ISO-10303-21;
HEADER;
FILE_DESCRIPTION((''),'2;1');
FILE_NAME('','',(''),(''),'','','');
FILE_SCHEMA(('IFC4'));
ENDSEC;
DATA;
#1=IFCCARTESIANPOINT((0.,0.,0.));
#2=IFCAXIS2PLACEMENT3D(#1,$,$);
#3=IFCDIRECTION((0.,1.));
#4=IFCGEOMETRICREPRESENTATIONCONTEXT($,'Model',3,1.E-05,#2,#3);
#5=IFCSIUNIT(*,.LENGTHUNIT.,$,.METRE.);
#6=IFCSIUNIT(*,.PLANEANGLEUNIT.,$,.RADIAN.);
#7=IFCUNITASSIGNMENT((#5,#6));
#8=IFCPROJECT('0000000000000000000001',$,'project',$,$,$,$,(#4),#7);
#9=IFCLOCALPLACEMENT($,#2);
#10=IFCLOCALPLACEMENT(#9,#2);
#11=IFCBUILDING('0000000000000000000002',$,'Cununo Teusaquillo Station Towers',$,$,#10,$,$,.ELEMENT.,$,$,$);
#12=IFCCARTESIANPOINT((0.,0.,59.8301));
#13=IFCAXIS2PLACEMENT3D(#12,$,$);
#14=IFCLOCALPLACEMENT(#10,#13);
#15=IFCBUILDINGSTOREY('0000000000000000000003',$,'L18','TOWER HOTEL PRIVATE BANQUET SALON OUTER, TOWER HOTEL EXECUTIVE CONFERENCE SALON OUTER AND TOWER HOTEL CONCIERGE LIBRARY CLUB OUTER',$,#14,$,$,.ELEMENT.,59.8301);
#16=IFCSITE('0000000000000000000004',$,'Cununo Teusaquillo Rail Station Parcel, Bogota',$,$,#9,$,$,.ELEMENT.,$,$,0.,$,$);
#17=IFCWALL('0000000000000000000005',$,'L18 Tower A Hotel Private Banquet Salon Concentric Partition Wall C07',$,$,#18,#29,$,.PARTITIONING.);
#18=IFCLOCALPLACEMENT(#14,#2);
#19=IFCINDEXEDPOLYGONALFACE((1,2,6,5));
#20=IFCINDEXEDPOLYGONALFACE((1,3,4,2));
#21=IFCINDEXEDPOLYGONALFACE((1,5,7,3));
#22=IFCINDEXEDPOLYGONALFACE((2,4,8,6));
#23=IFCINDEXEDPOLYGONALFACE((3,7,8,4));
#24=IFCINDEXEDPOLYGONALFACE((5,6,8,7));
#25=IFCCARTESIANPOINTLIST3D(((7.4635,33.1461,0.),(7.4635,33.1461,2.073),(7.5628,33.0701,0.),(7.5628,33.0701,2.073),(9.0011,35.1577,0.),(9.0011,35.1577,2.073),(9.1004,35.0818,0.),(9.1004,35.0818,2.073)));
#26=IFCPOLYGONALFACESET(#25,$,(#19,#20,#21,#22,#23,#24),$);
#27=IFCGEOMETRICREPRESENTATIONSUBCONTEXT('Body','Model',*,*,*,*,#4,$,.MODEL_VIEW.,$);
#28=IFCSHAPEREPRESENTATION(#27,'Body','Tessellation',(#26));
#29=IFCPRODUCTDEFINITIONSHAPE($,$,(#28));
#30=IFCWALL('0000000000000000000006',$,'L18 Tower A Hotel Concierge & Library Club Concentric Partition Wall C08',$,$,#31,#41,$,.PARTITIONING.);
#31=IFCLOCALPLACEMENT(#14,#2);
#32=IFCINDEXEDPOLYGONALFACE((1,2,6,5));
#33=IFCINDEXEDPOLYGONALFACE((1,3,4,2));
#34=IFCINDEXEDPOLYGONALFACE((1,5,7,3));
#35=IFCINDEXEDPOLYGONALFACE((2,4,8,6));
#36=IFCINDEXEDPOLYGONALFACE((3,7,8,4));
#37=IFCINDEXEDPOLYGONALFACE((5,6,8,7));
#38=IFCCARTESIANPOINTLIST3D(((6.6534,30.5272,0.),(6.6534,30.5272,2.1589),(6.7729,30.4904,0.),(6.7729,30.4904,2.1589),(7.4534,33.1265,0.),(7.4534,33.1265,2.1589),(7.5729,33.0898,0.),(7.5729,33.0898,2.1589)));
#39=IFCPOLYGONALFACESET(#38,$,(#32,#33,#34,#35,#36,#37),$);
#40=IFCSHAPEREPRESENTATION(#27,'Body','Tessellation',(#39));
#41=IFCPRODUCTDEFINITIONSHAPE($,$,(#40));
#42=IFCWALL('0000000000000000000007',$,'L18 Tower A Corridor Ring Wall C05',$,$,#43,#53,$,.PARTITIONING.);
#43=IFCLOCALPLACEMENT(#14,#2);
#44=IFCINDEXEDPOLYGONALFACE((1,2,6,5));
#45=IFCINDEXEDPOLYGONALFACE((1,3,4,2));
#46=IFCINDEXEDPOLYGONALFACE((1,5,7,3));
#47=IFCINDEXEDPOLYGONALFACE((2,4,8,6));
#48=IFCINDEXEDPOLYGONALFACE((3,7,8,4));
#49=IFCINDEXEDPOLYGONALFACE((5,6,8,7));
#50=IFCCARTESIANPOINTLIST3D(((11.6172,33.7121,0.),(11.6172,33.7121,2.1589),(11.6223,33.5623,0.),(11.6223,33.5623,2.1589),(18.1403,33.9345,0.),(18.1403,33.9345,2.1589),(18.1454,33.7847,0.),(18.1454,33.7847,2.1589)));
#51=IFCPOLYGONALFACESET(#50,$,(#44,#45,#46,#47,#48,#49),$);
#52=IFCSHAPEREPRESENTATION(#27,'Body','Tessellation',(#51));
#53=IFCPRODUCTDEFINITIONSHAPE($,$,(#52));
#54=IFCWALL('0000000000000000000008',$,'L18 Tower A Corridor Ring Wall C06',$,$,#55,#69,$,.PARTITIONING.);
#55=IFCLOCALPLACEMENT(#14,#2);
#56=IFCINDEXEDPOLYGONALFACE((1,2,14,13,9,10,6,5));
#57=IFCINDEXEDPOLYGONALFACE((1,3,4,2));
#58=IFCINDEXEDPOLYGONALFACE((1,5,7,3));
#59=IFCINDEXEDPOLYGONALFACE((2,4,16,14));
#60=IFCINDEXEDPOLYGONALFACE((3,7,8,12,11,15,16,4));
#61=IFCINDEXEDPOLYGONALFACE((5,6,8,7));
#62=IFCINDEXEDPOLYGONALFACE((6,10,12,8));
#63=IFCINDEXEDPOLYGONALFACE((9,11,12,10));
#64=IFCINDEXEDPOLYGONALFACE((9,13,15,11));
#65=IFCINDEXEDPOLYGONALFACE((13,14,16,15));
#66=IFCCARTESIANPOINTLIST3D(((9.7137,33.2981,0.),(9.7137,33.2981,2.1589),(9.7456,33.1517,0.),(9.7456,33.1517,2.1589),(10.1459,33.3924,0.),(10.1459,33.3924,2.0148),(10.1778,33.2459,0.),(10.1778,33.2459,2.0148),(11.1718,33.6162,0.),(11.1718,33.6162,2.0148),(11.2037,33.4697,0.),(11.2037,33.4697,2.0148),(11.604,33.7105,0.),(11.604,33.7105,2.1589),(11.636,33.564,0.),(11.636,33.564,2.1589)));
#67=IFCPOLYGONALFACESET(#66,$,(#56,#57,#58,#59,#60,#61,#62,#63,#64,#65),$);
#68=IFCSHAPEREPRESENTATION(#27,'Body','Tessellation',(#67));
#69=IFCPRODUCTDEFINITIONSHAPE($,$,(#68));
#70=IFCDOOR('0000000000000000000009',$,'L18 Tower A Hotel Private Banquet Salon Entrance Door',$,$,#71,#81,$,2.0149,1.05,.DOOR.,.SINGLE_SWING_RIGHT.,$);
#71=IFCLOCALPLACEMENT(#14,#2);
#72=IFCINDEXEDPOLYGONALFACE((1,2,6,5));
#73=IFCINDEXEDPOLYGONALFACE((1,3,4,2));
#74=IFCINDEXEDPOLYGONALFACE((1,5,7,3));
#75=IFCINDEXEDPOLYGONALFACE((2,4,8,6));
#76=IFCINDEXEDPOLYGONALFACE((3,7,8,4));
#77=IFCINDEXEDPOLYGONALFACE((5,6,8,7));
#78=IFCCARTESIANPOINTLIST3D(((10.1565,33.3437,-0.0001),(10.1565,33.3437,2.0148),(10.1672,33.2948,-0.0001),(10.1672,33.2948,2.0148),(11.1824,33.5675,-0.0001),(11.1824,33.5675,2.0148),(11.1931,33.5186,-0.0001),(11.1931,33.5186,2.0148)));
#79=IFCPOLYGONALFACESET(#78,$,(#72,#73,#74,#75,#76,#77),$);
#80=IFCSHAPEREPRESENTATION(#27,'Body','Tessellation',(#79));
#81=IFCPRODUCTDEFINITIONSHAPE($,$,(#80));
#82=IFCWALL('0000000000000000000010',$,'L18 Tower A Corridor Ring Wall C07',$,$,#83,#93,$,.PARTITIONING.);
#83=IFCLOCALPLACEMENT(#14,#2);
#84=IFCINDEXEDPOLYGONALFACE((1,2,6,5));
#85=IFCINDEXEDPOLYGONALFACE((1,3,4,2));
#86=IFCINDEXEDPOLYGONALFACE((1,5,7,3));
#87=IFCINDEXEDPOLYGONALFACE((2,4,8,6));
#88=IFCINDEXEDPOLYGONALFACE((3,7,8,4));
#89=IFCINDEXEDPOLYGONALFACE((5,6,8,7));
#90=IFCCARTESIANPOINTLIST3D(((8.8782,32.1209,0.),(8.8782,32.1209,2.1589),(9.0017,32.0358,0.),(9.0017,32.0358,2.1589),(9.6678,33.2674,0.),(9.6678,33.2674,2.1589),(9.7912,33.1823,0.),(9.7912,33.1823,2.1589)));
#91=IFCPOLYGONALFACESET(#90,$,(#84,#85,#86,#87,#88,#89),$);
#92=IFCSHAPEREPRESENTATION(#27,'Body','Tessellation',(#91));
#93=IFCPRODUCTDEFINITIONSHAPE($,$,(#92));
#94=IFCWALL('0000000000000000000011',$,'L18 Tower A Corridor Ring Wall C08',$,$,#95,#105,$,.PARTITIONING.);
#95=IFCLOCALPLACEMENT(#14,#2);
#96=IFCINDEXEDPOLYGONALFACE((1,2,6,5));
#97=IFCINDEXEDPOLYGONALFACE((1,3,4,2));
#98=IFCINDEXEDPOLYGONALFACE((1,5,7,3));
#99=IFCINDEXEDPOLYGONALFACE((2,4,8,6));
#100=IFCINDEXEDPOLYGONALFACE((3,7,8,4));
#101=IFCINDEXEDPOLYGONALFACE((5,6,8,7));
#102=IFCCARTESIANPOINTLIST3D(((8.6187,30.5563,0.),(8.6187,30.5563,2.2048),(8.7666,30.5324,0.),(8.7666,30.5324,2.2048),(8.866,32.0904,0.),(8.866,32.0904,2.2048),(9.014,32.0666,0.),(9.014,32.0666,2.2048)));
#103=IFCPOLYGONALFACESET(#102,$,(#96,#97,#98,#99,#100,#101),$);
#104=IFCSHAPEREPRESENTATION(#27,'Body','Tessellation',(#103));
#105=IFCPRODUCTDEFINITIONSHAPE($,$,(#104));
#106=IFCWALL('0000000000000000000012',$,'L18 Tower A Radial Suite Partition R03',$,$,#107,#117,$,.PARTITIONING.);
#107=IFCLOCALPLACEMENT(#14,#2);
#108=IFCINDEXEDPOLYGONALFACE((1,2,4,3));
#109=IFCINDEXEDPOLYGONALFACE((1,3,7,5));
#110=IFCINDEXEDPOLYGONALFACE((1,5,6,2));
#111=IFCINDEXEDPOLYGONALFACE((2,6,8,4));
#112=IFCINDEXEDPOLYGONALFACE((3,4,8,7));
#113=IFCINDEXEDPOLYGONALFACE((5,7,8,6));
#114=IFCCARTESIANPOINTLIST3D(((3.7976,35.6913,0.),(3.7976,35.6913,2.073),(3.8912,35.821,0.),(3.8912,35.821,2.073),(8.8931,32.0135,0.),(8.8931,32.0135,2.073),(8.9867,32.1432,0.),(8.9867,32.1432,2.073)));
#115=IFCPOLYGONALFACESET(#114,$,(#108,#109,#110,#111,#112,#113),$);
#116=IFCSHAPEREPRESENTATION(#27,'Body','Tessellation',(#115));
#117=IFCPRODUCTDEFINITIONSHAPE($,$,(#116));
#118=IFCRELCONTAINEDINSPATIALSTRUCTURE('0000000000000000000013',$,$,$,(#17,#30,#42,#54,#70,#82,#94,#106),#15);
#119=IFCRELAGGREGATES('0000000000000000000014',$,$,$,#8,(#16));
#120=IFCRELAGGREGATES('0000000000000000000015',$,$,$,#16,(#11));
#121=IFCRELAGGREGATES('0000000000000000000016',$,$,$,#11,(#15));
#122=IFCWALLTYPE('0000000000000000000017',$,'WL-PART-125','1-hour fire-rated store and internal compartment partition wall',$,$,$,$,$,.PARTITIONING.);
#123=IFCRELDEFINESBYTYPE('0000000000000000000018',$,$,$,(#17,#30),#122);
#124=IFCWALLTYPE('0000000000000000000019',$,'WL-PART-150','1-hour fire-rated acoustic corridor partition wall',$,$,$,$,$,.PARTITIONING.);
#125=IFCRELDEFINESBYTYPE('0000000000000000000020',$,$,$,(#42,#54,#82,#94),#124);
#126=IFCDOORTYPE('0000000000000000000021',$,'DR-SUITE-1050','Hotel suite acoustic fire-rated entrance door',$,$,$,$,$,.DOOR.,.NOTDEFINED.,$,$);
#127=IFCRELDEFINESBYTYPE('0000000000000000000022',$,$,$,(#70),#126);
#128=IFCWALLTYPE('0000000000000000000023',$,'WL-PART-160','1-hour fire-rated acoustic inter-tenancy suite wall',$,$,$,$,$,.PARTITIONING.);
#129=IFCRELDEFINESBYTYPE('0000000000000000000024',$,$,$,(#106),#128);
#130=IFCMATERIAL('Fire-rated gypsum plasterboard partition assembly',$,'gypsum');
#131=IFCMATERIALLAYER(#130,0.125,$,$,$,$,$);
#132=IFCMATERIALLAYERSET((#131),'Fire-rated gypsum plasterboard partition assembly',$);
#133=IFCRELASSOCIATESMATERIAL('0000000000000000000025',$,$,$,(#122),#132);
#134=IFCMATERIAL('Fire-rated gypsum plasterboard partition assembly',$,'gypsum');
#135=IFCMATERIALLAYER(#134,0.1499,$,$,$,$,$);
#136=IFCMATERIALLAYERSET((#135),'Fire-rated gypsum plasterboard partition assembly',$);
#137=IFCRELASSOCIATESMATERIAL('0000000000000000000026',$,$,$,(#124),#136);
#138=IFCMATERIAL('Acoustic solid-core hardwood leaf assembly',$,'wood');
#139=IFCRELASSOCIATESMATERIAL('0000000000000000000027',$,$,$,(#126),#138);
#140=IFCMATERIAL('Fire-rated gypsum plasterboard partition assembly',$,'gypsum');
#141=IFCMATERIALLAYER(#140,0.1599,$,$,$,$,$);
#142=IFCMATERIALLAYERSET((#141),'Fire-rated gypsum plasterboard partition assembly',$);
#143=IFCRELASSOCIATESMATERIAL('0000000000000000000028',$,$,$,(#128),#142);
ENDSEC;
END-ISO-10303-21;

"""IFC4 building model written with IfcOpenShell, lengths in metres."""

from ifc_helpers import new_model, si_unit, direction, frame, frame_2d, origin, place, context, subcontext, project, spatial, rectangle, extrude, source, transform, mapped, material, layer, layer_set, type_object, element, fill, save


model = new_model("IFC4")

# Units and contexts
model_context = context("Model", 3, precision=1e-05, world=origin(), true_north=direction((0.0, 1.0)))
body_context = subcontext(model_context, "Body", "Model", "MODEL_VIEW")
ifc_project = project(units=[si_unit("LENGTHUNIT", "METRE"), si_unit("PLANEANGLEUNIT", "RADIAN")], contexts=[model_context])

# Site, building, storey
site_placement = place(None, origin())
site = spatial("IfcSite", under=ifc_project, at=site_placement, Name="Cununo Teusaquillo Rail Station Parcel, Bogota", CompositionType="ELEMENT", RefElevation=0.0)
building_placement = place(site_placement, origin())
building = spatial("IfcBuilding", under=site, at=building_placement, Name="Cununo Teusaquillo Station Towers", CompositionType="ELEMENT")
storey_placement = place(building_placement, frame((0.0, 0.0, 59.8301)))
storey = spatial("IfcBuildingStorey", under=building, at=storey_placement, Name="L18", Description="TOWER HOTEL PRIVATE BANQUET SALON OUTER, TOWER HOTEL EXECUTIVE CONFERENCE SALON OUTER AND TOWER HOTEL CONCIERGE LIBRARY CLUB OUTER", CompositionType="ELEMENT", Elevation=59.8301)

# Shared definitions
ifc_material_1 = material(Name="Fire-rated gypsum plasterboard partition assembly", Category="gypsum")
ifc_layer_1 = layer(ifc_material_1, 0.125)
ifc_layer_set_1 = layer_set([ifc_layer_1], Name="Fire-rated gypsum plasterboard partition assembly")
wall_type_1 = type_object("IfcWallType", Name="WL-PART-125", Description="1-hour fire-rated store and internal compartment partition wall", PredefinedType="PARTITIONING", material=ifc_layer_set_1)

# Walls
wall_1_placement = place(storey_placement, frame((9.0508, 35.1199, 0.0), z_axis=(0.0, 0.0, 1.0), x_axis=(-0.607257, -0.794506, 0.0)))
element("IfcWall", 1, at=wall_1_placement, inside=storey, type_object=wall_type_1, Name="L18 Tower A Hotel Private Banquet Salon Concentric Partition Wall C07", PredefinedType="PARTITIONING", context=body_context, shape_type="SweptSolid", body=[
    extrude(rectangle(XDim=2.532, YDim=0.125, at=frame_2d((1.2661, 0.0))), origin(), (0.0, 0.0, 1.0), 2.073),
])
wall_2_placement = place(storey_placement, frame((7.5132, 33.1082, 0.0), z_axis=(0.0, 0.0, 1.0), x_axis=(-0.294168, -0.955754, 0.0)))
element("IfcWall", 2, at=wall_2_placement, inside=storey, type_object=wall_type_1, Name="L18 Tower A Hotel Concierge & Library Club Concentric Partition Wall C08", PredefinedType="PARTITIONING", context=body_context, shape_type="SweptSolid", body=[
    extrude(rectangle(XDim=2.7197, YDim=0.125, at=frame_2d((1.3599, 0.0))), origin(), (0.0, 0.0, 1.0), 2.1589),
])
ifc_material_2 = material(Name="Fire-rated gypsum plasterboard partition assembly", Category="gypsum")
ifc_layer_2 = layer(ifc_material_2, 0.1499)
ifc_layer_set_2 = layer_set([ifc_layer_2], Name="Fire-rated gypsum plasterboard partition assembly")
wall_type_2 = type_object("IfcWallType", Name="WL-PART-150", Description="1-hour fire-rated acoustic corridor partition wall", PredefinedType="PARTITIONING", material=ifc_layer_set_2)
wall_3_placement = place(storey_placement, frame((18.1428, 33.8596, 0.0), z_axis=(0.0, 0.0, 1.0), x_axis=(-0.999419, -0.034077, 0.0)))
element("IfcWall", 3, at=wall_3_placement, inside=storey, type_object=wall_type_2, Name="L18 Tower A Corridor Ring Wall C05", PredefinedType="PARTITIONING", context=body_context, shape_type="SweptSolid", body=[
    extrude(rectangle(XDim=6.5269, YDim=0.1499, at=frame_2d((3.2634, 0.0))), origin(), (0.0, 0.0, 1.0), 2.1589),
])

# Wall, opening, door
wall_4_placement = place(storey_placement, frame((11.6199, 33.6372, 0.0), z_axis=(0.0, 0.0, 1.0), x_axis=(-0.977026, -0.213121, 0.0)))
wall_4 = element("IfcWall", 4, at=wall_4_placement, inside=storey, type_object=wall_type_2, Name="L18 Tower A Corridor Ring Wall C06", PredefinedType="PARTITIONING", context=body_context, shape_type="SweptSolid", body=[
    extrude(rectangle(XDim=1.9348, YDim=0.1499, at=frame_2d((0.9673, 0.0))), origin(), (0.0, 0.0, 1.0), 2.1589),
])
shared_shape_1 = source(origin(), body_context, "Body", "SweptSolid", [
    extrude(rectangle(XDim=1.05, YDim=2.0149, at=frame_2d((0.5249, 1.0073))), frame((0.0, 0.085, 0.0), z_axis=(0.0, -1.0, 0.0), x_axis=(1.0, 0.0, 0.0)), (0.0, 0.0, 1.0), 0.1699),
])
opening_1_placement = place(wall_4_placement, frame((0.4424, 0.0, 0.0)))
opening_1 = element("IfcOpeningElement", 5, at=opening_1_placement, cuts=wall_4, PredefinedType="OPENING", context=body_context, shape_type="MappedRepresentation", body=[
    mapped(shared_shape_1, transform((0.0, 0.0, 0.0), x_axis=(1.0, 0.0, 0.0), y_axis=(0.0, 1.0, 0.0), z_axis=(0.0, 0.0, 1.0), scale=1.0)),
])
ifc_material_3 = material(Name="Acoustic solid-core hardwood leaf assembly", Category="wood")
door_type_1 = type_object("IfcDoorType", Name="DR-SUITE-1050", Description="Hotel suite acoustic fire-rated entrance door", OperationType="NOTDEFINED", PredefinedType="DOOR", material=ifc_material_3)
shared_shape_2 = source(origin(), body_context, "Body", "SweptSolid", [
    extrude(rectangle(XDim=1.05, YDim=2.0149, at=frame_2d((0.5249, 1.0073))), frame((0.0, 0.0249, 0.0), z_axis=(0.0, -1.0, 0.0), x_axis=(1.0, 0.0, 0.0)), (0.0, 0.0, 1.0), 0.05),
])
door_1_placement = place(opening_1_placement, origin())
door_1 = element("IfcDoor", 6, at=door_1_placement, inside=storey, type_object=door_type_1, Name="L18 Tower A Hotel Private Banquet Salon Entrance Door", OperationType="SINGLE_SWING_RIGHT", OverallHeight=2.0149, OverallWidth=1.05, PredefinedType="DOOR", context=body_context, shape_type="MappedRepresentation", body=[
    mapped(shared_shape_2, transform((0.0, 0.0, 0.0), x_axis=(1.0, 0.0, 0.0), y_axis=(0.0, 1.0, 0.0), z_axis=(0.0, 0.0, 1.0), scale=1.0)),
])
fill(opening_1, door_1)

# Walls
wall_5_placement = place(storey_placement, frame((9.7295, 33.2249, 0.0), z_axis=(0.0, 0.0, 1.0), x_axis=(-0.567184, -0.823591, 0.0)))
element("IfcWall", 7, at=wall_5_placement, inside=storey, type_object=wall_type_2, Name="L18 Tower A Corridor Ring Wall C07", PredefinedType="PARTITIONING", context=body_context, shape_type="SweptSolid", body=[
    extrude(rectangle(XDim=1.3921, YDim=0.1499, at=frame_2d((0.696, 0.0))), origin(), (0.0, 0.0, 1.0), 2.1589),
])
wall_6_placement = place(storey_placement, frame((8.9399, 32.0784, 0.0), z_axis=(0.0, 0.0, 1.0), x_axis=(-0.159148, -0.987255, 0.0)))
element("IfcWall", 8, at=wall_6_placement, inside=storey, type_object=wall_type_2, Name="L18 Tower A Corridor Ring Wall C08", PredefinedType="PARTITIONING", context=body_context, shape_type="SweptSolid", body=[
    extrude(rectangle(XDim=1.554, YDim=0.1499, at=frame_2d((0.7769, 0.0))), origin(), (0.0, 0.0, 1.0), 2.2048),
])
ifc_material_4 = material(Name="Fire-rated gypsum plasterboard partition assembly", Category="gypsum")
ifc_layer_3 = layer(ifc_material_4, 0.1599)
ifc_layer_set_3 = layer_set([ifc_layer_3], Name="Fire-rated gypsum plasterboard partition assembly")
wall_type_3 = type_object("IfcWallType", Name="WL-PART-160", Description="1-hour fire-rated acoustic inter-tenancy suite wall", PredefinedType="PARTITIONING", material=ifc_layer_set_3)
wall_7_placement = place(storey_placement, frame((8.9399, 32.0784, 0.0), z_axis=(0.0, 0.0, 1.0), x_axis=(-0.810854, 0.585248, 0.0)))
element("IfcWall", 9, at=wall_7_placement, inside=storey, type_object=wall_type_3, Name="L18 Tower A Radial Suite Partition R03", PredefinedType="PARTITIONING", context=body_context, shape_type="SweptSolid", body=[
    extrude(rectangle(XDim=6.2842, YDim=0.1599, at=frame_2d((3.1421, 0.0))), origin(), (0.0, 0.0, 1.0), 2.073),
])

save(model, "model.ifc")
